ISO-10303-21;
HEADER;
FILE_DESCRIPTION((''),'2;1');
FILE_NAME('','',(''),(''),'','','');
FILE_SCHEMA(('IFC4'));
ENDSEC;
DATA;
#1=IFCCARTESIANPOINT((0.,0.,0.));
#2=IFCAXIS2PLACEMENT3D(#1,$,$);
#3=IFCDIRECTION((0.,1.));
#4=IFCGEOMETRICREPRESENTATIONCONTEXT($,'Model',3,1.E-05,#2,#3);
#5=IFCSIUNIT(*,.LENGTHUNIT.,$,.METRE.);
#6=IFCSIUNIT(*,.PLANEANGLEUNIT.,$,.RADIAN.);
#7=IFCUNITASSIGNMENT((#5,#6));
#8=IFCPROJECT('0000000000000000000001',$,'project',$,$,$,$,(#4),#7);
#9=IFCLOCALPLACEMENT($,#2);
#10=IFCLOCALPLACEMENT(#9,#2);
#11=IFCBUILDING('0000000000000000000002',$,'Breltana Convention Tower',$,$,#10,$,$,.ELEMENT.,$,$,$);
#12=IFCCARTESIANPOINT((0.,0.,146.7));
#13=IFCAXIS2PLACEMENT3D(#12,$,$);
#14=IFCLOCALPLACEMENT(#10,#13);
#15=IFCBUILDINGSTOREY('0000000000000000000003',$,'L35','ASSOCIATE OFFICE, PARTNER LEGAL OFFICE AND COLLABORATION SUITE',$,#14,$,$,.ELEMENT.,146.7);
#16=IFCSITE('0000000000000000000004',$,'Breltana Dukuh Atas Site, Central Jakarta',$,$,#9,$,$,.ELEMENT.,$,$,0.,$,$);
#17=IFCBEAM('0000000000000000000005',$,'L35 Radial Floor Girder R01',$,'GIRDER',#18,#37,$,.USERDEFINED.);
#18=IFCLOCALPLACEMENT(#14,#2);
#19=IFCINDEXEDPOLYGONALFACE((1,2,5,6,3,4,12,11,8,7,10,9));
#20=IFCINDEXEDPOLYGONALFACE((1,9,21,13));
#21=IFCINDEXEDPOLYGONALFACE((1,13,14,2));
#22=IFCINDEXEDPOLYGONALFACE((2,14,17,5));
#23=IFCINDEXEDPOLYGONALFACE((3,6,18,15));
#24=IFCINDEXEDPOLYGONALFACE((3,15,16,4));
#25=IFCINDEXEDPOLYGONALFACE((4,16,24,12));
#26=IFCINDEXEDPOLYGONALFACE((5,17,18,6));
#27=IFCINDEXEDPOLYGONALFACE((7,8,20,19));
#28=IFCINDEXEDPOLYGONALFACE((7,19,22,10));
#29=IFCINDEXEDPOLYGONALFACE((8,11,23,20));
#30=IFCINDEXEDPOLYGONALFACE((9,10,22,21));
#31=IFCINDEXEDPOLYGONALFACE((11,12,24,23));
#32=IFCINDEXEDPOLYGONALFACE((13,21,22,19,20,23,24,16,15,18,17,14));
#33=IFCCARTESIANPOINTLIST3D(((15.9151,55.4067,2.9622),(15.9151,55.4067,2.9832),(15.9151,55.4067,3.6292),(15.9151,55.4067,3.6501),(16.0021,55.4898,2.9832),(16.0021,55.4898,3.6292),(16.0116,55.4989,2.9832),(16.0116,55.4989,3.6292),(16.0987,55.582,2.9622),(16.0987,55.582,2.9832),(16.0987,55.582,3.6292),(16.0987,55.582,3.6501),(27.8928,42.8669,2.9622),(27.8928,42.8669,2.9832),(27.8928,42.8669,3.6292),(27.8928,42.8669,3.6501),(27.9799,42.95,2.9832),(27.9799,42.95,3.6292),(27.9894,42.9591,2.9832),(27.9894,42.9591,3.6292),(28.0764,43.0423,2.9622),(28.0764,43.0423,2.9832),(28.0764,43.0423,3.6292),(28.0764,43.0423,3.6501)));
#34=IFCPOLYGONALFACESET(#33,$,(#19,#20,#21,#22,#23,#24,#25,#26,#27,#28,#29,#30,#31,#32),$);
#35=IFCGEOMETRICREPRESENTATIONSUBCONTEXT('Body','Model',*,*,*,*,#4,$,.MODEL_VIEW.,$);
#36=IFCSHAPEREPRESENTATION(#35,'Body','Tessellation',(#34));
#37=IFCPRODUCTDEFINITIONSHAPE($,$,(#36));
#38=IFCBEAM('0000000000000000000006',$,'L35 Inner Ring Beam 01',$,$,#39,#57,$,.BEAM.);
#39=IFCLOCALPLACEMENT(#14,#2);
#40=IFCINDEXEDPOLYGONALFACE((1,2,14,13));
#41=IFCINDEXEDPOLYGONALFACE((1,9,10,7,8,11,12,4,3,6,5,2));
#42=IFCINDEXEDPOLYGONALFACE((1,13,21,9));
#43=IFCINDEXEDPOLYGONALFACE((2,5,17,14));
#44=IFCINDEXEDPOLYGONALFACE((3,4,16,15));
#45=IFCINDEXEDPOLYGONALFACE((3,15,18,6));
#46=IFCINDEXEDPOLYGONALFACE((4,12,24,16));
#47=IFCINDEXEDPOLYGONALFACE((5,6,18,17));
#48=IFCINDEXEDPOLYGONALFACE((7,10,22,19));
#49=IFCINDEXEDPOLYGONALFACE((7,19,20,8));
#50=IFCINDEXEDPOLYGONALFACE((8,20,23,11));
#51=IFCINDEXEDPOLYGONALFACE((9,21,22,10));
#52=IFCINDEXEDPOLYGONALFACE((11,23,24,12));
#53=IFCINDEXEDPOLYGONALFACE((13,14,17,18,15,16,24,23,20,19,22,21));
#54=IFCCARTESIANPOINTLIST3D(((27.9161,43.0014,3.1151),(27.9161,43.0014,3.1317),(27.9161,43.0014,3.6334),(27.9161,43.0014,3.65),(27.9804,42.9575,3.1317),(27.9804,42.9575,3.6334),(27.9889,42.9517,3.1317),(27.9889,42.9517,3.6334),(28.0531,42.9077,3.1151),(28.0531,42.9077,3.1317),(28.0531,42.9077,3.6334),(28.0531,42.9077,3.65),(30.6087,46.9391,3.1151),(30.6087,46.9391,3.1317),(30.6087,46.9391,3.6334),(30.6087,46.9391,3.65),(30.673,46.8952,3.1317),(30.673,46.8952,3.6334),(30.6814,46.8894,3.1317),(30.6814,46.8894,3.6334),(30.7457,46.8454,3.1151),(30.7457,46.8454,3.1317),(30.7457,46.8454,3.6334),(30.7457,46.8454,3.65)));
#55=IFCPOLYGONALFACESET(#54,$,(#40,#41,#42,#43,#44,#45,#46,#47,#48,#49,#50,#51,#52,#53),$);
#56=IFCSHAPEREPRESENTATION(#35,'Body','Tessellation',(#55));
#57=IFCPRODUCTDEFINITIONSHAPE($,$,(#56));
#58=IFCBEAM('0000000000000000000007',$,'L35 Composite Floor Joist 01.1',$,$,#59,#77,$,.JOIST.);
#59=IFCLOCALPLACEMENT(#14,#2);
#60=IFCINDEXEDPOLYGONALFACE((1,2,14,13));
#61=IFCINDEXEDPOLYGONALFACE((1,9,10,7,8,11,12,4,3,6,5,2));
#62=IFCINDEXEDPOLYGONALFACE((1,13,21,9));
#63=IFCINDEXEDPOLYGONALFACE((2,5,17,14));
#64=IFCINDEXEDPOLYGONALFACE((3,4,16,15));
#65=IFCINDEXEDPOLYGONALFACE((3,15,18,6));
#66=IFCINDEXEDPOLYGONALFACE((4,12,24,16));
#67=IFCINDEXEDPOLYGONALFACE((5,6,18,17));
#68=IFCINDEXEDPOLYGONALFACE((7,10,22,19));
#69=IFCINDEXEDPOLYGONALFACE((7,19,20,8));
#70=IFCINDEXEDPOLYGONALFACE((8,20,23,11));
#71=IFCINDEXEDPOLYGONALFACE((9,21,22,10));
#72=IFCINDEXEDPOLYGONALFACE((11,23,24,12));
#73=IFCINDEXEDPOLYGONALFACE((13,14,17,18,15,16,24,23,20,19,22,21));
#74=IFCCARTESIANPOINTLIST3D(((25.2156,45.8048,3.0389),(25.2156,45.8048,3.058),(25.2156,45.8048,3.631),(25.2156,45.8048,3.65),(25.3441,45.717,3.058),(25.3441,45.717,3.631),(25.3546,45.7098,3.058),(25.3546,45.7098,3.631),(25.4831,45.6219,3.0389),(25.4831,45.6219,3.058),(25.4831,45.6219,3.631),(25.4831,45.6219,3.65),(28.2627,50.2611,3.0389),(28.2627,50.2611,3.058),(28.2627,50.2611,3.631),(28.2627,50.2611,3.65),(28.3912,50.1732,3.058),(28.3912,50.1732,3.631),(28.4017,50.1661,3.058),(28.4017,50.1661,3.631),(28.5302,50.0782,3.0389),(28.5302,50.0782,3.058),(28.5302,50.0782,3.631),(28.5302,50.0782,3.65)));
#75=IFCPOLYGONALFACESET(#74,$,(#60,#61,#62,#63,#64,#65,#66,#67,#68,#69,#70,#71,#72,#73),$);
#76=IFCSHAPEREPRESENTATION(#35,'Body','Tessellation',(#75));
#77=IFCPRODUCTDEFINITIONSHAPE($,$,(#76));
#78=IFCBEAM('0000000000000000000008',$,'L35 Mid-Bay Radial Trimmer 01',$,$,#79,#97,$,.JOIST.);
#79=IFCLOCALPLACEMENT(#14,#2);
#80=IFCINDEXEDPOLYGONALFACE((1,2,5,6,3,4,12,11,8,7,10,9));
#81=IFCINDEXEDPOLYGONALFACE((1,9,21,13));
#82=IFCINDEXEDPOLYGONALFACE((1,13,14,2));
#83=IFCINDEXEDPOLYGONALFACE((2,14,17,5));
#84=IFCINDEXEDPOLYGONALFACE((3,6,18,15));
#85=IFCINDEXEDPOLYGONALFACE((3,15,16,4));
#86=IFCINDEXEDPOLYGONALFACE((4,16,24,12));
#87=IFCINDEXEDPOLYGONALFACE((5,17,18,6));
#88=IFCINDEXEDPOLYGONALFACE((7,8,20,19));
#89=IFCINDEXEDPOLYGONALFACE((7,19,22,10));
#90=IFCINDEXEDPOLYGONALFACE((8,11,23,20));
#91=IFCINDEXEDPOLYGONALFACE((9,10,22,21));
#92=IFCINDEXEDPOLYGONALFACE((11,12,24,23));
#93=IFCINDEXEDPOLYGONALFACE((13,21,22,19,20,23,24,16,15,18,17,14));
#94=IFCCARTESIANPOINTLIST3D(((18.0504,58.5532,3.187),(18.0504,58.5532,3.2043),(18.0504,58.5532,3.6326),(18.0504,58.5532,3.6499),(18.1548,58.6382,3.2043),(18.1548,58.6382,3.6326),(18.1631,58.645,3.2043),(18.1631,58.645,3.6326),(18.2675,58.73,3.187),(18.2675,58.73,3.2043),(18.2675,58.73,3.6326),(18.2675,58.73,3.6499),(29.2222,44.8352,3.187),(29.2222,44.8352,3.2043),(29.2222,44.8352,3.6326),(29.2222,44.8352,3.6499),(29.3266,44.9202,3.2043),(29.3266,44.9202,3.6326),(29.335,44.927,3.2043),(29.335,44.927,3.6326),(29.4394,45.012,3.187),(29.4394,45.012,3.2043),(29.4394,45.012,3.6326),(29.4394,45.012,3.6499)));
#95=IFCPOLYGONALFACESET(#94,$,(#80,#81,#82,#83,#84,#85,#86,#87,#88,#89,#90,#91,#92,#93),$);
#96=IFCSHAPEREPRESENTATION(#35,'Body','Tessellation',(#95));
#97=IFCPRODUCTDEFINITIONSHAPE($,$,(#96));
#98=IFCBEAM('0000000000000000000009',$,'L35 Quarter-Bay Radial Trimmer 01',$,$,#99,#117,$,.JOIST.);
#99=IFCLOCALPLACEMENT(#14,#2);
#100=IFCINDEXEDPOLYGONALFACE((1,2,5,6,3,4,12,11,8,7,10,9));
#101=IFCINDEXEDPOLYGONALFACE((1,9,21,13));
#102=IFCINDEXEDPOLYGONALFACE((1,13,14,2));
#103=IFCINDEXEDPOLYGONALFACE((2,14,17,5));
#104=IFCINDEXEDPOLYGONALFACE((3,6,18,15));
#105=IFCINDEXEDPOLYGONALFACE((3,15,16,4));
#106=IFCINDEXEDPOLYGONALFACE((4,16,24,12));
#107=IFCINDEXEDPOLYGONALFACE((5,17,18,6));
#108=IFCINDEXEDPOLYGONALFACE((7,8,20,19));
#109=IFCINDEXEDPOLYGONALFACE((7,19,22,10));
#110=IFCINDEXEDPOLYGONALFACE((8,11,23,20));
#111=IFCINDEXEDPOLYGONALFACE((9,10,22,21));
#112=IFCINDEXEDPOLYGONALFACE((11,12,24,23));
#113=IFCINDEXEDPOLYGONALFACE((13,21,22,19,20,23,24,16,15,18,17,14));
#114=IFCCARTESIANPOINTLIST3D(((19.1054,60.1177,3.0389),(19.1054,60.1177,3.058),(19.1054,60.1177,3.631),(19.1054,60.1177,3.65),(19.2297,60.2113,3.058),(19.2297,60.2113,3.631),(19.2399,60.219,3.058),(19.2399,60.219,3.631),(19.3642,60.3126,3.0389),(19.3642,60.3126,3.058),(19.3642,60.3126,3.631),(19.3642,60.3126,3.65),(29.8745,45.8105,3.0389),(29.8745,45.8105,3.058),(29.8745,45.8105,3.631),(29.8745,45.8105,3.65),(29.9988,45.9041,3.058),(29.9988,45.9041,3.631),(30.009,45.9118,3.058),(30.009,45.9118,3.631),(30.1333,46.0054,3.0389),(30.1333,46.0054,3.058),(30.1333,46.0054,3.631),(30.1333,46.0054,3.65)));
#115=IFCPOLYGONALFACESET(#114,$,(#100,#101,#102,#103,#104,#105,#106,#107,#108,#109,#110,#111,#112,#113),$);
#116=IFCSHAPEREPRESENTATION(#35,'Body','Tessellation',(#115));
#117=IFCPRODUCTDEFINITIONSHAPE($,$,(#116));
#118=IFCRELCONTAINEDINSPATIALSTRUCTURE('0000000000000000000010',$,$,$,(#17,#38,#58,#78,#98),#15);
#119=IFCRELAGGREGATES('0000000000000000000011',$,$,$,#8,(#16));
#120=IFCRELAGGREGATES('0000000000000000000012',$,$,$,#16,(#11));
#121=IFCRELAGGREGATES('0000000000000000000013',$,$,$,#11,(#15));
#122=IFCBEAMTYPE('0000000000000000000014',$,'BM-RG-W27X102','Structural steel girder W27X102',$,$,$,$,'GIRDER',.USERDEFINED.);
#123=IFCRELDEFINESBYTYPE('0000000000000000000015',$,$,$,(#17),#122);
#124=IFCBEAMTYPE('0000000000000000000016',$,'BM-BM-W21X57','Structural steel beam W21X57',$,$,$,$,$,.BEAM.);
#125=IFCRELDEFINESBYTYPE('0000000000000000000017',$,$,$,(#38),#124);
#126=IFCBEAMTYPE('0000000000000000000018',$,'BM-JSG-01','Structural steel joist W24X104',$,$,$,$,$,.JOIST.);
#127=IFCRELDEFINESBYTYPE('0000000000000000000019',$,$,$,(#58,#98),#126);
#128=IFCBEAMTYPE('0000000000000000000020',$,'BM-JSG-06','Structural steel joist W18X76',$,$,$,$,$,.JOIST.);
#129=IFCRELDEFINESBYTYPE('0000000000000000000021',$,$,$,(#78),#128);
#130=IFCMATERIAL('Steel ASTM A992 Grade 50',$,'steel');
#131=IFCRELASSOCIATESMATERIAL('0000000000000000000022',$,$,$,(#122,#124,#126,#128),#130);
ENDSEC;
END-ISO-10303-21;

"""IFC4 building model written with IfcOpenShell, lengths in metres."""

from ifc_helpers import new_model, si_unit, direction, frame, origin, origin_2d, place, context, subcontext, project, spatial, i_section, extrude, source, transform, mapped, material, material_profile, profile_set, type_object, type_shapes, element, save


model = new_model("IFC4")

# Units and contexts
model_context = context("Model", 3, precision=1e-05, world=origin(), true_north=direction((0.0, 1.0)))
body_context = subcontext(model_context, "Body", "Model", "MODEL_VIEW")
ifc_project = project(units=[si_unit("LENGTHUNIT", "METRE"), si_unit("PLANEANGLEUNIT", "RADIAN")], contexts=[model_context])

# Site, building, storey
site_placement = place(None, origin())
site = spatial("IfcSite", under=ifc_project, at=site_placement, Name="Breltana Dukuh Atas Site, Central Jakarta", CompositionType="ELEMENT", RefElevation=0.0)
building_placement = place(site_placement, origin())
building = spatial("IfcBuilding", under=site, at=building_placement, Name="Breltana Convention Tower", CompositionType="ELEMENT")
storey_placement = place(building_placement, frame((0.0, 0.0, 146.7)))
storey = spatial("IfcBuildingStorey", under=building, at=storey_placement, Name="L35", Description="ASSOCIATE OFFICE, PARTNER LEGAL OFFICE AND COLLABORATION SUITE", CompositionType="ELEMENT", Elevation=146.7)

# Beams
ifc_material_1 = material(Name="Steel ASTM A992 Grade 50", Category="steel")
ifc_material_profile_1 = material_profile(ifc_material_1, i_section(OverallWidth=0.2539, OverallDepth=0.688, WebThickness=0.0132, FlangeThickness=0.021, at=origin_2d()), Name="W27X102")
ifc_profile_set_1 = profile_set([ifc_material_profile_1], Name="Steel ASTM A992 Grade 50")
beam_type_1 = type_object("IfcBeamType", Name="BM-RG-W27X102", Description="Structural steel girder W27X102", ElementType="GIRDER", PredefinedType="USERDEFINED", material=ifc_profile_set_1)
shared_shape_1 = source(origin(), body_context, "Body", "SweptSolid", [
    extrude(i_section(OverallWidth=0.2539, OverallDepth=0.688, WebThickness=0.0132, FlangeThickness=0.021, at=origin_2d()), origin(), (0.0, 0.0, 1.0), 17.3411),
])
type_shapes(beam_type_1, [shared_shape_1])
beam_1_placement = place(storey_placement, frame((27.9846, 42.9546, 3.3062), z_axis=(-0.690716, 0.723126, 0.0), x_axis=(-0.723126, -0.690716, 0.0)))
element("IfcBeam", 1, at=beam_1_placement, inside=storey, type_object=beam_type_1, Name="L35 Radial Floor Girder R01", ObjectType="GIRDER", PredefinedType="USERDEFINED", context=body_context, shape_type="MappedRepresentation", body=[
    mapped(shared_shape_1, transform((0.0, 0.0, 0.0), scale=1.0)),
])
ifc_material_profile_2 = material_profile(ifc_material_1, i_section(OverallWidth=0.166, OverallDepth=0.5349, WebThickness=0.0103, FlangeThickness=0.0166, at=origin_2d()), Name="W21X57")
ifc_profile_set_2 = profile_set([ifc_material_profile_2], Name="Steel ASTM A992 Grade 50")
beam_type_2 = type_object("IfcBeamType", Name="BM-BM-W21X57", Description="Structural steel beam W21X57", PredefinedType="BEAM", material=ifc_profile_set_2)
shared_shape_2 = source(origin(), body_context, "Body", "SweptSolid", [
    extrude(i_section(OverallWidth=0.166, OverallDepth=0.5349, WebThickness=0.0103, FlangeThickness=0.0166, at=origin_2d()), origin(), (0.0, 0.0, 1.0), 4.7703),
])
beam_2_placement = place(storey_placement, frame((27.9846, 42.9546, 3.3826), z_axis=(0.564453, 0.825465, 0.0), x_axis=(-0.825465, 0.564453, 0.0)))
element("IfcBeam", 2, at=beam_2_placement, inside=storey, type_object=beam_type_2, Name="L35 Inner Ring Beam 01", PredefinedType="BEAM", context=body_context, shape_type="MappedRepresentation", body=[
    mapped(shared_shape_2, transform((0.0, 0.0, 0.0), scale=1.0)),
])
ifc_material_profile_3 = material_profile(ifc_material_1, i_section(OverallWidth=0.324, OverallDepth=0.6111, WebThickness=0.0127, FlangeThickness=0.019, at=origin_2d()), Name="W24X104")
ifc_profile_set_3 = profile_set([ifc_material_profile_3], Name="Steel ASTM A992 Grade 50")
beam_type_3 = type_object("IfcBeamType", Name="BM-JSG-01", Description="Structural steel joist W24X104", PredefinedType="JOIST", material=ifc_profile_set_3)
shared_shape_3 = source(origin(), body_context, "Body", "SweptSolid", [
    extrude(i_section(OverallWidth=0.324, OverallDepth=0.6111, WebThickness=0.0127, FlangeThickness=0.019, at=origin_2d()), origin(), (0.0, 0.0, 1.0), 5.3984),
])
beam_3_placement = place(storey_placement, frame((25.3494, 45.7134, 3.3445), z_axis=(0.564441, 0.825474, 0.0), x_axis=(-0.825474, 0.564441, 0.0)))
element("IfcBeam", 3, at=beam_3_placement, inside=storey, type_object=beam_type_3, Name="L35 Composite Floor Joist 01.1", PredefinedType="JOIST", context=body_context, shape_type="MappedRepresentation", body=[
    mapped(shared_shape_3, transform((0.0, 0.0, 0.0), scale=1.0)),
])
ifc_material_profile_4 = material_profile(ifc_material_1, i_section(OverallWidth=0.28, OverallDepth=0.4629, WebThickness=0.0107, FlangeThickness=0.0173, at=origin_2d()), Name="W18X76")
ifc_profile_set_4 = profile_set([ifc_material_profile_4], Name="Steel ASTM A992 Grade 50")
beam_type_4 = type_object("IfcBeamType", Name="BM-JSG-06", Description="Structural steel joist W18X76", PredefinedType="JOIST", material=ifc_profile_set_4)
shared_shape_4 = source(origin(), body_context, "Body", "SweptSolid", [
    extrude(i_section(OverallWidth=0.28, OverallDepth=0.4629, WebThickness=0.0107, FlangeThickness=0.0173, at=origin_2d()), origin(), (0.0, 0.0, 1.0), 17.6917),
])
beam_4_placement = place(storey_placement, frame((29.3308, 44.9236, 3.4185), z_axis=(-0.631477, 0.775395, 0.0), x_axis=(-0.775395, -0.631477, 0.0)))
element("IfcBeam", 4, at=beam_4_placement, inside=storey, type_object=beam_type_4, Name="L35 Mid-Bay Radial Trimmer 01", PredefinedType="JOIST", context=body_context, shape_type="MappedRepresentation", body=[
    mapped(shared_shape_4, transform((0.0, 0.0, 0.0), scale=1.0)),
])
shared_shape_5 = source(origin(), body_context, "Body", "SweptSolid", [
    extrude(i_section(OverallWidth=0.324, OverallDepth=0.6111, WebThickness=0.0127, FlangeThickness=0.019, at=origin_2d()), origin(), (0.0, 0.0, 1.0), 17.9072),
])
beam_5_placement = place(storey_placement, frame((30.0039, 45.908, 3.3445), z_axis=(-0.601382, 0.798962, 0.0), x_axis=(-0.798962, -0.601382, 0.0)))
element("IfcBeam", 5, at=beam_5_placement, inside=storey, type_object=beam_type_3, Name="L35 Quarter-Bay Radial Trimmer 01", PredefinedType="JOIST", context=body_context, shape_type="MappedRepresentation", body=[
    mapped(shared_shape_5, transform((0.0, 0.0, 0.0), scale=1.0)),
])

save(model, "model.ifc")
